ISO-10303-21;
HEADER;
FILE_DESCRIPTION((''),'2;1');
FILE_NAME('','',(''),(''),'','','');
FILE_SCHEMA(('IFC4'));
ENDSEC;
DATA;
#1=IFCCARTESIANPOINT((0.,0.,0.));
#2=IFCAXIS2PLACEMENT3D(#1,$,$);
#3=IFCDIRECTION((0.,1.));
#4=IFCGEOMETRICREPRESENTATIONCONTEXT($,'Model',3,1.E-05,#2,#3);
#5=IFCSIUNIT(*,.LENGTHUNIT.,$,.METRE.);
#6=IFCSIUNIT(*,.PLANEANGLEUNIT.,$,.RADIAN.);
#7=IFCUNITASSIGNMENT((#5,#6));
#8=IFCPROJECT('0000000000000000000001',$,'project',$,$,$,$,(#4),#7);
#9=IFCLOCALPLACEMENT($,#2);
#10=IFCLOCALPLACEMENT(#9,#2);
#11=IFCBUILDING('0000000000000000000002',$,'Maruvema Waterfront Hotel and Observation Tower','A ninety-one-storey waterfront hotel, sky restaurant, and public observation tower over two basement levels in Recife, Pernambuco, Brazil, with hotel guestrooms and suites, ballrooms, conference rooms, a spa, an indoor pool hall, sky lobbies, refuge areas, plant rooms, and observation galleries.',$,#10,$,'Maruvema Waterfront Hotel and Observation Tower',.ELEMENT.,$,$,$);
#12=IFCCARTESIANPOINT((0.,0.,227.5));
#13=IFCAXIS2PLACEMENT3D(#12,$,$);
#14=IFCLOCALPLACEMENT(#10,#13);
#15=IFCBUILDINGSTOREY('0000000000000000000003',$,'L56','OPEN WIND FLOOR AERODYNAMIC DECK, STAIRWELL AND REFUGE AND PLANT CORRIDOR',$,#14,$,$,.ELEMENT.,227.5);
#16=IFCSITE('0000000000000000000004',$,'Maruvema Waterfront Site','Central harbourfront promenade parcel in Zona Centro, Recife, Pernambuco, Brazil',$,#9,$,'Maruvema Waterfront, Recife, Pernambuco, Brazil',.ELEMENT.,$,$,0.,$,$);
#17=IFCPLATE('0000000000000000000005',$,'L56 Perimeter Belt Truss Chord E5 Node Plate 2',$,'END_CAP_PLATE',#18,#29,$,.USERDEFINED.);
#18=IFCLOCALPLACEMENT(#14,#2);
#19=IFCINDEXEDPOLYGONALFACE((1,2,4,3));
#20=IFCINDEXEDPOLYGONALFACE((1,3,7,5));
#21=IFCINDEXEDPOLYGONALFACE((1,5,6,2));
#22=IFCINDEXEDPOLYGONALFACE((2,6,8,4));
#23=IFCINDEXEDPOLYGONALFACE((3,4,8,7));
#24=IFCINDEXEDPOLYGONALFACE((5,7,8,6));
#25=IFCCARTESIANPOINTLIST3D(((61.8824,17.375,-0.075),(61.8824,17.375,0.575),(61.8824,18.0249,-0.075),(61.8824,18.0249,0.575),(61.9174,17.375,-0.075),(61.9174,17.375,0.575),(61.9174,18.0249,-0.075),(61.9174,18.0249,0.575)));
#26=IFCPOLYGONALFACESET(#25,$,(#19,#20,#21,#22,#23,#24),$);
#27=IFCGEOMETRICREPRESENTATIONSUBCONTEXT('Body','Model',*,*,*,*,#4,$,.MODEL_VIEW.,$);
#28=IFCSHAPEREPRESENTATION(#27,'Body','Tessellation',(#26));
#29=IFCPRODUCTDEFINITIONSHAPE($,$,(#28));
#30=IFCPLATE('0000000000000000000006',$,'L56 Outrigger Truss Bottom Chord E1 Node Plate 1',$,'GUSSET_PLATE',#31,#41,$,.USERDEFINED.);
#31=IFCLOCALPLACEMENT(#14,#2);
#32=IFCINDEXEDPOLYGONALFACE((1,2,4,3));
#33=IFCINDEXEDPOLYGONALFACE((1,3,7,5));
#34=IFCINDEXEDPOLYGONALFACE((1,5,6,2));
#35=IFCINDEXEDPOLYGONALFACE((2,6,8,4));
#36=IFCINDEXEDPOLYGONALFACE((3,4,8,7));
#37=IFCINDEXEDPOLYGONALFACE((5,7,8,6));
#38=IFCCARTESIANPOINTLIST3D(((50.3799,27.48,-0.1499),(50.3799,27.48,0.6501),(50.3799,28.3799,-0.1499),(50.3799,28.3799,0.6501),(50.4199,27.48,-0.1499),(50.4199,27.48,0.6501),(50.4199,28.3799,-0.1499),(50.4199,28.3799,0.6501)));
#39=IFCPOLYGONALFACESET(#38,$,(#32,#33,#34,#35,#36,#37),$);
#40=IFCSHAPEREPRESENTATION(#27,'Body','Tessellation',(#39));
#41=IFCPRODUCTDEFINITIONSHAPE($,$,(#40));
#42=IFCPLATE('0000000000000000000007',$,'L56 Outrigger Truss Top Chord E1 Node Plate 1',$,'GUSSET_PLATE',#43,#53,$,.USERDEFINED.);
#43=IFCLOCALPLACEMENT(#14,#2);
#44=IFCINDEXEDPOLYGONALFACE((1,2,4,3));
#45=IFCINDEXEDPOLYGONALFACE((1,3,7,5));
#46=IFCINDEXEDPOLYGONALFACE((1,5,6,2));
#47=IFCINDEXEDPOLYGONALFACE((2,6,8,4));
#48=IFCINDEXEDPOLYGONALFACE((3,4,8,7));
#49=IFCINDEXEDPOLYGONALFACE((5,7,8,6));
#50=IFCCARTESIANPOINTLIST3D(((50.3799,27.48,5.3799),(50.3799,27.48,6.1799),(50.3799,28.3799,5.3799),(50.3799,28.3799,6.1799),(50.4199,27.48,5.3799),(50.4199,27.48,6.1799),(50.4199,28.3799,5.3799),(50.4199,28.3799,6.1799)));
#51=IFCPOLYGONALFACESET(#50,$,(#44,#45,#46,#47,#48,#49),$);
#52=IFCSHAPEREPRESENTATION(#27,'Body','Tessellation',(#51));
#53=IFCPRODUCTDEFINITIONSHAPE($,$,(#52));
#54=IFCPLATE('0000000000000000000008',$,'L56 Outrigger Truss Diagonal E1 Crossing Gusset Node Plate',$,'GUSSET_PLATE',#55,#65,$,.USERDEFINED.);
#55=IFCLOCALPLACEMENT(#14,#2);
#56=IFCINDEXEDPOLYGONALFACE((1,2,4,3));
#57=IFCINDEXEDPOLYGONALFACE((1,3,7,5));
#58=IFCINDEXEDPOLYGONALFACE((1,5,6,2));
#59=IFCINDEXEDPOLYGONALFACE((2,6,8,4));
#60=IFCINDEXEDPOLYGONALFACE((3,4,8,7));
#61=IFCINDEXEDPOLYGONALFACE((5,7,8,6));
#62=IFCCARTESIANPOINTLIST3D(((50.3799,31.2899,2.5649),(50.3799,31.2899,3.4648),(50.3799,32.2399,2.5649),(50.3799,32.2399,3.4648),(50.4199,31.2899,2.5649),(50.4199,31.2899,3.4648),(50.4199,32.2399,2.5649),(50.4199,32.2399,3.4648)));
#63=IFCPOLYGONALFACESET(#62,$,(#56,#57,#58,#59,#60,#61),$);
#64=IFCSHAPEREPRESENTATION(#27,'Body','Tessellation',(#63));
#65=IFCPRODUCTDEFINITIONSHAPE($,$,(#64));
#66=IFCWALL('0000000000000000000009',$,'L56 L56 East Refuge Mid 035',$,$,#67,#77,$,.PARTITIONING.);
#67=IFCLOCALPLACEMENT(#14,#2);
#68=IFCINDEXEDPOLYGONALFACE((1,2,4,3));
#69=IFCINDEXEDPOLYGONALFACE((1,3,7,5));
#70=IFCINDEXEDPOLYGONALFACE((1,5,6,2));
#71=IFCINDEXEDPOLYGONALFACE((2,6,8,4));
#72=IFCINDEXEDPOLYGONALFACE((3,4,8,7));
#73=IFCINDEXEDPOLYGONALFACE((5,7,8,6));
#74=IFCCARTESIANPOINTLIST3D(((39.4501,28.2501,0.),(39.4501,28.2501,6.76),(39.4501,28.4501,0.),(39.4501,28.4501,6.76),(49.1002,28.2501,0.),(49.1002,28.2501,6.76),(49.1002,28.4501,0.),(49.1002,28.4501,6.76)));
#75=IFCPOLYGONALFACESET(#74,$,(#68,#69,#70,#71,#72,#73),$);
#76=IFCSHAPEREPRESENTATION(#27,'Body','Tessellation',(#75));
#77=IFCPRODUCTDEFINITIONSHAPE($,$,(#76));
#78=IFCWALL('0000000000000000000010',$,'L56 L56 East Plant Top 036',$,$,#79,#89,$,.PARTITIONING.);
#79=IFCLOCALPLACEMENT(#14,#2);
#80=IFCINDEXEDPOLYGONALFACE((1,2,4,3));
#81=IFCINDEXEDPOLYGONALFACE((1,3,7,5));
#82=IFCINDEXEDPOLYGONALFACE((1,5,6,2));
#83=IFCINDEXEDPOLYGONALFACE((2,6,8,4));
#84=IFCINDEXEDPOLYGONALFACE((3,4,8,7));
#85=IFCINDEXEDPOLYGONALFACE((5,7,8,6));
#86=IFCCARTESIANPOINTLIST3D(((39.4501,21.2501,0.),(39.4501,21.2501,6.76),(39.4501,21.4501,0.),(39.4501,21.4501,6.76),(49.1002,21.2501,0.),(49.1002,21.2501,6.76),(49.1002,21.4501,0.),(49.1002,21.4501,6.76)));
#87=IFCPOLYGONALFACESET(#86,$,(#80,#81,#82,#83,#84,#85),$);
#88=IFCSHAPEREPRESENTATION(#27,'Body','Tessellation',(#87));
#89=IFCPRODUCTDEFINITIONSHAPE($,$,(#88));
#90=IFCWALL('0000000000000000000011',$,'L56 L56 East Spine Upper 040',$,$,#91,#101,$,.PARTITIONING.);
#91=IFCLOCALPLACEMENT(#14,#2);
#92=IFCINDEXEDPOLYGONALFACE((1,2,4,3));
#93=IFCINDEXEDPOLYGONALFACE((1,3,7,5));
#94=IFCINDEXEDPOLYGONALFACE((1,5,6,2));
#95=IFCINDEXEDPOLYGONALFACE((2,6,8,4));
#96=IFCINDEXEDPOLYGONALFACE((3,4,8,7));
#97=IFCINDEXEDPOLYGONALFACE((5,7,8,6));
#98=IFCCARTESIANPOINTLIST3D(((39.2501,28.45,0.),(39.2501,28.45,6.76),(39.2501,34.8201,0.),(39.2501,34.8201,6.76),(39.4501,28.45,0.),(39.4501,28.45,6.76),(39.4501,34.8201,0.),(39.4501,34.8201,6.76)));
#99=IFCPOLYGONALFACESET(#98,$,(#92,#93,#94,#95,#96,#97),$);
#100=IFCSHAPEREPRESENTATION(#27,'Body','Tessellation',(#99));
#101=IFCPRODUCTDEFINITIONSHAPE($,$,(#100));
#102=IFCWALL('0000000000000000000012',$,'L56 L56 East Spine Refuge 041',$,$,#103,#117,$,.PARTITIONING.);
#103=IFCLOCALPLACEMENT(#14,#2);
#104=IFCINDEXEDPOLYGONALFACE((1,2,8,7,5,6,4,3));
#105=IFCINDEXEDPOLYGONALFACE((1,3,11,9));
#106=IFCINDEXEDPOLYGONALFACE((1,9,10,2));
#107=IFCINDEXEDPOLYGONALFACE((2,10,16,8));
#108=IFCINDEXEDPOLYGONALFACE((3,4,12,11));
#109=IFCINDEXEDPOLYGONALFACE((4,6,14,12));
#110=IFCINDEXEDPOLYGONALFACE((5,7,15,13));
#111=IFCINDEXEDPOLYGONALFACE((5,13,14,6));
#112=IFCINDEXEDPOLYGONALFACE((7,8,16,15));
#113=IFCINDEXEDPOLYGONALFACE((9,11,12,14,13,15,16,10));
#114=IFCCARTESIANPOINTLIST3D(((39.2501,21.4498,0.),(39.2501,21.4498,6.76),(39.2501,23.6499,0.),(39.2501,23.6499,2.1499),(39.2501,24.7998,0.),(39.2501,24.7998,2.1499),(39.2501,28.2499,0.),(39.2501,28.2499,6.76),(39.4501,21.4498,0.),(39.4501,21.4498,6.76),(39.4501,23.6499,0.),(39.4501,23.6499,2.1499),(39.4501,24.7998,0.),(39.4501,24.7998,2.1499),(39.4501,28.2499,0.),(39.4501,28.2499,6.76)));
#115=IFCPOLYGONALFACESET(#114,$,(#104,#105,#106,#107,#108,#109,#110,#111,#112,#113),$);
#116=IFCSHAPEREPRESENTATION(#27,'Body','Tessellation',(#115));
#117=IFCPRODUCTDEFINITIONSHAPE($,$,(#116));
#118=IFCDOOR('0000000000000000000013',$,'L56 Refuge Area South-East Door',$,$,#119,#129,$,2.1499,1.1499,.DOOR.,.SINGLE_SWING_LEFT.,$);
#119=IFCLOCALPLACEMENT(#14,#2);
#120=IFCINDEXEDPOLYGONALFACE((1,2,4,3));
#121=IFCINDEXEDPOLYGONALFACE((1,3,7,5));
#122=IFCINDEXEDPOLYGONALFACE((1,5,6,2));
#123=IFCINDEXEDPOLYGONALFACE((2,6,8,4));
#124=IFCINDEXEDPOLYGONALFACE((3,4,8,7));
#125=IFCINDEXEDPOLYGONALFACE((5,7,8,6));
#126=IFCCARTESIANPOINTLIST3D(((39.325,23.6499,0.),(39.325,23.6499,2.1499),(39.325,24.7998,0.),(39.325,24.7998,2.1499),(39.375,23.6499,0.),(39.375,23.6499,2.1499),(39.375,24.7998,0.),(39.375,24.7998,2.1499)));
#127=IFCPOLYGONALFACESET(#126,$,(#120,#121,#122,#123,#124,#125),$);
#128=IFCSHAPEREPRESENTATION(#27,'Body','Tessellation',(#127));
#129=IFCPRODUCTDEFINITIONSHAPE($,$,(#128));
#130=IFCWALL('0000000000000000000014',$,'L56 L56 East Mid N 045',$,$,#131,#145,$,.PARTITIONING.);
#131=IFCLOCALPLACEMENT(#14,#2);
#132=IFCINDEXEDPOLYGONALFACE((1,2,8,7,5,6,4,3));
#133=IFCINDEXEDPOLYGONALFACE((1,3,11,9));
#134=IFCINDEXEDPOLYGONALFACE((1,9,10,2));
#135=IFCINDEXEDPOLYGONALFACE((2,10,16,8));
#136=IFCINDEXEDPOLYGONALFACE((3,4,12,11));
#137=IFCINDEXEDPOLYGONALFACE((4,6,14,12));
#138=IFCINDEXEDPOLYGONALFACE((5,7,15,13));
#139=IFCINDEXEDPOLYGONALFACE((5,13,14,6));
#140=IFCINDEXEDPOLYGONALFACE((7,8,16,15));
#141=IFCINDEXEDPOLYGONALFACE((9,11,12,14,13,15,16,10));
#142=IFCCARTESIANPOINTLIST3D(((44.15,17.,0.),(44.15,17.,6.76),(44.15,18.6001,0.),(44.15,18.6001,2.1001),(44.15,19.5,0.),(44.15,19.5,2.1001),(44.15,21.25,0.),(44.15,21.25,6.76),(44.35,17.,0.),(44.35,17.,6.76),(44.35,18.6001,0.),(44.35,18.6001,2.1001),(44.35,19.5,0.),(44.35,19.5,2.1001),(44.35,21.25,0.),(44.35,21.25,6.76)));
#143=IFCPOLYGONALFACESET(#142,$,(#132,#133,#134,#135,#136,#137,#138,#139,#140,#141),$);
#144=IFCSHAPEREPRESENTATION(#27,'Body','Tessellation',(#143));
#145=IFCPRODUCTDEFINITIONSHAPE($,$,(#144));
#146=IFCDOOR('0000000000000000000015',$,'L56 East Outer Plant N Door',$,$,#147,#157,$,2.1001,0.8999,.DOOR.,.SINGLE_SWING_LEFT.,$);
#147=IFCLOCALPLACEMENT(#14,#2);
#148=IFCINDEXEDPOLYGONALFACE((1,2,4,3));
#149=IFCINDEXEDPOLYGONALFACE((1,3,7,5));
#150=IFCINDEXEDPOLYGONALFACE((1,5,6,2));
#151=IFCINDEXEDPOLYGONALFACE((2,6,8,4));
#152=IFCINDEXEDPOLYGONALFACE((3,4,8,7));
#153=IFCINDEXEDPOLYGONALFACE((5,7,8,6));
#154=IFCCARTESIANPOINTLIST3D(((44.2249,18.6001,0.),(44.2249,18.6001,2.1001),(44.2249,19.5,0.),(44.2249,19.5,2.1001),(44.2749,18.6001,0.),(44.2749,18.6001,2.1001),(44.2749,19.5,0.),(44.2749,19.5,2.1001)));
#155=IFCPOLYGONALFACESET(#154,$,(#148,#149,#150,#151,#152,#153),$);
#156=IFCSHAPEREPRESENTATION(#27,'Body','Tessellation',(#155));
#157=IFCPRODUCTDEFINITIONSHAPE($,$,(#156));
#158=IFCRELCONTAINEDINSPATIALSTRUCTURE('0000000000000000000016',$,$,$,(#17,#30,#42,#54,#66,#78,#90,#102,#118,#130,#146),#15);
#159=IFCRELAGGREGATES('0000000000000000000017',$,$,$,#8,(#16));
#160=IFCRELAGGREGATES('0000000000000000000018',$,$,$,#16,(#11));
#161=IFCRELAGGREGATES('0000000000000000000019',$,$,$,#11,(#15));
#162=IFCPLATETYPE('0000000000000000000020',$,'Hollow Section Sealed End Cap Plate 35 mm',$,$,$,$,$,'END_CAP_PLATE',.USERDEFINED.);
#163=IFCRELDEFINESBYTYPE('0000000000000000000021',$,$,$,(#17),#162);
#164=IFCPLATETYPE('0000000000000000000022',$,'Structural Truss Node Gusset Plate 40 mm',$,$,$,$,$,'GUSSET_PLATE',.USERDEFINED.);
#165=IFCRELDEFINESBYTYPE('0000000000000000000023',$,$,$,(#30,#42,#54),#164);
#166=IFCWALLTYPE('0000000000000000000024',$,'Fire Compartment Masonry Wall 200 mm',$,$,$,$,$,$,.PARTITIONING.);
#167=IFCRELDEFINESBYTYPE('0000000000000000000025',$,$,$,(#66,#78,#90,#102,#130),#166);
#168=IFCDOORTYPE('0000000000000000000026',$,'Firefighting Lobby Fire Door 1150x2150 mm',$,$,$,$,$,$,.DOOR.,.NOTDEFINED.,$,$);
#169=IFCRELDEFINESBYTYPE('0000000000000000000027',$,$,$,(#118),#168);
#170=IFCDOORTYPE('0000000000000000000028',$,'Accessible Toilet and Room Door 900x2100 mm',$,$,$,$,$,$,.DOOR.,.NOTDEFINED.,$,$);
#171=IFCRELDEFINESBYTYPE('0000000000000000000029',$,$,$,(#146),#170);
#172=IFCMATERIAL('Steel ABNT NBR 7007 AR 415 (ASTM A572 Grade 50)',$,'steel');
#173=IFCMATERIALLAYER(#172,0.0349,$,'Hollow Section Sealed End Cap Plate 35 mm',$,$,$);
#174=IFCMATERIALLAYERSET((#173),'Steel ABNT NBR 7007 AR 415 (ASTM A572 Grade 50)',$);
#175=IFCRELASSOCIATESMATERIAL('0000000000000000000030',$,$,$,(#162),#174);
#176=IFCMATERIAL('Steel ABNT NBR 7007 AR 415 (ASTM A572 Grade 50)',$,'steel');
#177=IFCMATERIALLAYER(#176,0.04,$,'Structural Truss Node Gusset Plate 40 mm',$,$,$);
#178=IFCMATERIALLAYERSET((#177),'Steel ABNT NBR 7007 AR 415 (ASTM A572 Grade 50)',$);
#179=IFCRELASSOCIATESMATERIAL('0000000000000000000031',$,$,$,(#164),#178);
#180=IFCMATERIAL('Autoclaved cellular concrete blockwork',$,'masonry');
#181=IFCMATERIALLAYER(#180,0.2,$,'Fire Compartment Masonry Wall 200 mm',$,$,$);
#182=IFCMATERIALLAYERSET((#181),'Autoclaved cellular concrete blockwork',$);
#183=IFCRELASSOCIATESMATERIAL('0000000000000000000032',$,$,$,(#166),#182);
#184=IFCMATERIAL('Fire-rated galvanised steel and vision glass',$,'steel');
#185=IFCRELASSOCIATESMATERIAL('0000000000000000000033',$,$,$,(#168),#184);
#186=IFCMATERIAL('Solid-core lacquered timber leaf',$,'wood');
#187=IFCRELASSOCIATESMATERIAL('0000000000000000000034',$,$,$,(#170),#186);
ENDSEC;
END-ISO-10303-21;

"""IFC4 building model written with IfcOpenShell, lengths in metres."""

from ifc_helpers import new_model, si_unit, direction, frame, frame_2d, origin, origin_2d, place, context, subcontext, project, spatial, rectangle, extrude, material, layer, layer_set, type_object, element, fill, save


model = new_model("IFC4")

# Units and contexts
model_context = context("Model", 3, precision=1e-05, world=origin(), true_north=direction((0.0, 1.0)))
body_context = subcontext(model_context, "Body", "Model", "MODEL_VIEW")
ifc_project = project(units=[si_unit("LENGTHUNIT", "METRE"), si_unit("PLANEANGLEUNIT", "RADIAN")], contexts=[model_context])

# Site, building, storey
site_placement = place(None, origin())
site = spatial("IfcSite", under=ifc_project, at=site_placement, Name="Maruvema Waterfront Site", Description="Central harbourfront promenade parcel in Zona Centro, Recife, Pernambuco, Brazil", LongName="Maruvema Waterfront, Recife, Pernambuco, Brazil", CompositionType="ELEMENT", RefElevation=0.0)
building_placement = place(site_placement, origin())
building = spatial("IfcBuilding", under=site, at=building_placement, Name="Maruvema Waterfront Hotel and Observation Tower", Description="A ninety-one-storey waterfront hotel, sky restaurant, and public observation tower over two basement levels in Recife, Pernambuco, Brazil, with hotel guestrooms and suites, ballrooms, conference rooms, a spa, an indoor pool hall, sky lobbies, refuge areas, plant rooms, and observation galleries.", LongName="Maruvema Waterfront Hotel and Observation Tower", CompositionType="ELEMENT")
storey_placement = place(building_placement, frame((0.0, 0.0, 227.5)))
storey = spatial("IfcBuildingStorey", under=building, at=storey_placement, Name="L56", Description="OPEN WIND FLOOR AERODYNAMIC DECK, STAIRWELL AND REFUGE AND PLANT CORRIDOR", CompositionType="ELEMENT", Elevation=227.5)

# Plates
ifc_material_1 = material(Name="Steel ABNT NBR 7007 AR 415 (ASTM A572 Grade 50)", Category="steel")
ifc_layer_1 = layer(ifc_material_1, 0.0349, Name="Hollow Section Sealed End Cap Plate 35 mm")
ifc_layer_set_1 = layer_set([ifc_layer_1], Name="Steel ABNT NBR 7007 AR 415 (ASTM A572 Grade 50)")
plate_type_1 = type_object("IfcPlateType", Name="Hollow Section Sealed End Cap Plate 35 mm", ElementType="END_CAP_PLATE", PredefinedType="USERDEFINED", material=ifc_layer_set_1)
plate_1_placement = place(storey_placement, frame((61.8999, 17.7, -0.075), z_axis=(0.0, 0.0, 1.0), x_axis=(0.0, 1.0, 0.0)))
element("IfcPlate", 1, at=plate_1_placement, inside=storey, type_object=plate_type_1, Name="L56 Perimeter Belt Truss Chord E5 Node Plate 2", ObjectType="END_CAP_PLATE", PredefinedType="USERDEFINED", context=body_context, shape_type="SweptSolid", body=[
    extrude(rectangle(XDim=0.6499, YDim=0.0349, at=origin_2d()), origin(), (0.0, 0.0, 1.0), 0.6499),
])
ifc_material_2 = material(Name="Steel ABNT NBR 7007 AR 415 (ASTM A572 Grade 50)", Category="steel")
ifc_layer_2 = layer(ifc_material_2, 0.04, Name="Structural Truss Node Gusset Plate 40 mm")
ifc_layer_set_2 = layer_set([ifc_layer_2], Name="Steel ABNT NBR 7007 AR 415 (ASTM A572 Grade 50)")
plate_type_2 = type_object("IfcPlateType", Name="Structural Truss Node Gusset Plate 40 mm", ElementType="GUSSET_PLATE", PredefinedType="USERDEFINED", material=ifc_layer_set_2)
for number, where, z_axis, x_axis, name in (
    (2, (50.3999, 27.9299, -0.1499), (0.0, 0.0, 1.0), (0.0, 1.0, 0.0), "L56 Outrigger Truss Bottom Chord E1 Node Plate 1"),
    (3, (50.3999, 27.9299, 5.3799), (0.0, 0.0, 1.0), (0.0, 1.0, 0.0), "L56 Outrigger Truss Top Chord E1 Node Plate 1"),
):
    element("IfcPlate", number, at=place(storey_placement, frame(where, z_axis=z_axis, x_axis=x_axis)), inside=storey, type_object=plate_type_2, Name=name, ObjectType="GUSSET_PLATE", PredefinedType="USERDEFINED", context=body_context, shape_type="SweptSolid", body=[
        extrude(rectangle(XDim=0.8999, YDim=0.04, at=origin_2d()), origin(), (0.0, 0.0, 1.0), 0.8),
    ])
plate_2_placement = place(storey_placement, frame((50.3999, 31.7649, 2.5649), z_axis=(0.0, 0.0, 1.0), x_axis=(0.0, -1.0, 0.0)))
element("IfcPlate", 4, at=plate_2_placement, inside=storey, type_object=plate_type_2, Name="L56 Outrigger Truss Diagonal E1 Crossing Gusset Node Plate", ObjectType="GUSSET_PLATE", PredefinedType="USERDEFINED", context=body_context, shape_type="SweptSolid", body=[
    extrude(rectangle(XDim=0.95, YDim=0.04, at=origin_2d()), origin(), (0.0, 0.0, 1.0), 0.8999),
])

# Walls
ifc_material_3 = material(Name="Autoclaved cellular concrete blockwork", Category="masonry")
ifc_layer_3 = layer(ifc_material_3, 0.2, Name="Fire Compartment Masonry Wall 200 mm")
ifc_layer_set_3 = layer_set([ifc_layer_3], Name="Autoclaved cellular concrete blockwork")
wall_type = type_object("IfcWallType", Name="Fire Compartment Masonry Wall 200 mm", PredefinedType="PARTITIONING", material=ifc_layer_set_3)
for number, where, z_axis, x_axis, name in (
    (5, (39.45, 28.3501, 0.0), (0.0, 0.0, 1.0), (1.0, 0.0, 0.0), "L56 L56 East Refuge Mid 035"),
    (6, (39.45, 21.3501, 0.0), (0.0, 0.0, 1.0), (1.0, 0.0, 0.0), "L56 L56 East Plant Top 036"),
):
    element("IfcWall", number, at=place(storey_placement, frame(where, z_axis=z_axis, x_axis=x_axis)), inside=storey, type_object=wall_type, Name=name, PredefinedType="PARTITIONING", context=body_context, shape_type="SweptSolid", body=[
        extrude(rectangle(XDim=9.6501, YDim=0.2, at=frame_2d((4.8252, 0.0))), origin(), (0.0, 0.0, 1.0), 6.76),
    ])
wall_1_placement = place(storey_placement, frame((39.3501, 28.45, 0.0), z_axis=(0.0, 0.0, 1.0), x_axis=(0.0, 1.0, 0.0)))
element("IfcWall", 7, at=wall_1_placement, inside=storey, type_object=wall_type, Name="L56 L56 East Spine Upper 040", PredefinedType="PARTITIONING", context=body_context, shape_type="SweptSolid", body=[
    extrude(rectangle(XDim=6.3701, YDim=0.2, at=frame_2d((3.1851, 0.0))), origin(), (0.0, 0.0, 1.0), 6.76),
])

# Walls, openings, doors
wall_2_placement = place(storey_placement, frame((39.3501, 21.45, 0.0), z_axis=(0.0, 0.0, 1.0), x_axis=(0.0, 1.0, 0.0)))
wall_2 = element("IfcWall", 8, at=wall_2_placement, inside=storey, type_object=wall_type, Name="L56 L56 East Spine Refuge 041", PredefinedType="PARTITIONING", context=body_context, shape_type="SweptSolid", body=[
    extrude(rectangle(XDim=6.8, YDim=0.2, at=frame_2d((3.3999, 0.0))), origin(), (0.0, 0.0, 1.0), 6.76),
])
opening_1_placement = place(wall_2_placement, frame((2.2, 0.0, 0.0)))
opening_1 = element("IfcOpeningElement", 9, at=opening_1_placement, cuts=wall_2, PredefinedType="OPENING", context=body_context, shape_type="SweptSolid", body=[
    extrude(rectangle(XDim=1.1499, YDim=2.1499, at=frame_2d((0.575, 1.075))), frame((0.0, 0.1099, 0.0), z_axis=(0.0, -1.0, 0.0), x_axis=(1.0, 0.0, 0.0)), (0.0, 0.0, 1.0), 0.22),
])
ifc_material_4 = material(Name="Fire-rated galvanised steel and vision glass", Category="steel")
door_type_1 = type_object("IfcDoorType", Name="Firefighting Lobby Fire Door 1150x2150 mm", OperationType="NOTDEFINED", PredefinedType="DOOR", material=ifc_material_4)
door_1_placement = place(opening_1_placement, frame((1.1499, 0.0, 0.0), z_axis=(0.0, 0.0, 1.0), x_axis=(-1.0, 0.0, 0.0)))
door_1 = element("IfcDoor", 10, at=door_1_placement, inside=storey, type_object=door_type_1, Name="L56 Refuge Area South-East Door", OperationType="SINGLE_SWING_LEFT", OverallHeight=2.1499, OverallWidth=1.1499, PredefinedType="DOOR", context=body_context, shape_type="SweptSolid", body=[
    extrude(rectangle(XDim=1.1499, YDim=2.1499, at=frame_2d((0.575, 1.075))), frame((0.0, 0.0249, 0.0), z_axis=(0.0, -1.0, 0.0), x_axis=(1.0, 0.0, 0.0)), (0.0, 0.0, 1.0), 0.05),
])
fill(opening_1, door_1)
wall_3_placement = place(storey_placement, frame((44.25, 17.0, 0.0), z_axis=(0.0, 0.0, 1.0), x_axis=(0.0, 1.0, 0.0)))
wall_3 = element("IfcWall", 11, at=wall_3_placement, inside=storey, type_object=wall_type, Name="L56 L56 East Mid N 045", PredefinedType="PARTITIONING", context=body_context, shape_type="SweptSolid", body=[
    extrude(rectangle(XDim=4.25, YDim=0.2, at=frame_2d((2.125, 0.0))), origin(), (0.0, 0.0, 1.0), 6.76),
])
opening_2_placement = place(wall_3_placement, frame((1.6001, 0.0, 0.0)))
opening_2 = element("IfcOpeningElement", 12, at=opening_2_placement, cuts=wall_3, PredefinedType="OPENING", context=body_context, shape_type="SweptSolid", body=[
    extrude(rectangle(XDim=0.8999, YDim=2.1001, at=frame_2d((0.45, 1.05))), frame((0.0, 0.1099, 0.0), z_axis=(0.0, -1.0, 0.0), x_axis=(1.0, 0.0, 0.0)), (0.0, 0.0, 1.0), 0.22),
])
ifc_material_5 = material(Name="Solid-core lacquered timber leaf", Category="wood")
door_type_2 = type_object("IfcDoorType", Name="Accessible Toilet and Room Door 900x2100 mm", OperationType="NOTDEFINED", PredefinedType="DOOR", material=ifc_material_5)
door_2_placement = place(opening_2_placement, frame((0.8999, 0.0, 0.0), z_axis=(0.0, 0.0, 1.0), x_axis=(-1.0, 0.0, 0.0)))
door_2 = element("IfcDoor", 13, at=door_2_placement, inside=storey, type_object=door_type_2, Name="L56 East Outer Plant N Door", OperationType="SINGLE_SWING_LEFT", OverallHeight=2.1001, OverallWidth=0.8999, PredefinedType="DOOR", context=body_context, shape_type="SweptSolid", body=[
    extrude(rectangle(XDim=0.8999, YDim=2.1001, at=frame_2d((0.45, 1.05))), frame((0.0, 0.0249, 0.0), z_axis=(0.0, -1.0, 0.0), x_axis=(1.0, 0.0, 0.0)), (0.0, 0.0, 1.0), 0.05),
])
fill(opening_2, door_2)

save(model, "model.ifc")
